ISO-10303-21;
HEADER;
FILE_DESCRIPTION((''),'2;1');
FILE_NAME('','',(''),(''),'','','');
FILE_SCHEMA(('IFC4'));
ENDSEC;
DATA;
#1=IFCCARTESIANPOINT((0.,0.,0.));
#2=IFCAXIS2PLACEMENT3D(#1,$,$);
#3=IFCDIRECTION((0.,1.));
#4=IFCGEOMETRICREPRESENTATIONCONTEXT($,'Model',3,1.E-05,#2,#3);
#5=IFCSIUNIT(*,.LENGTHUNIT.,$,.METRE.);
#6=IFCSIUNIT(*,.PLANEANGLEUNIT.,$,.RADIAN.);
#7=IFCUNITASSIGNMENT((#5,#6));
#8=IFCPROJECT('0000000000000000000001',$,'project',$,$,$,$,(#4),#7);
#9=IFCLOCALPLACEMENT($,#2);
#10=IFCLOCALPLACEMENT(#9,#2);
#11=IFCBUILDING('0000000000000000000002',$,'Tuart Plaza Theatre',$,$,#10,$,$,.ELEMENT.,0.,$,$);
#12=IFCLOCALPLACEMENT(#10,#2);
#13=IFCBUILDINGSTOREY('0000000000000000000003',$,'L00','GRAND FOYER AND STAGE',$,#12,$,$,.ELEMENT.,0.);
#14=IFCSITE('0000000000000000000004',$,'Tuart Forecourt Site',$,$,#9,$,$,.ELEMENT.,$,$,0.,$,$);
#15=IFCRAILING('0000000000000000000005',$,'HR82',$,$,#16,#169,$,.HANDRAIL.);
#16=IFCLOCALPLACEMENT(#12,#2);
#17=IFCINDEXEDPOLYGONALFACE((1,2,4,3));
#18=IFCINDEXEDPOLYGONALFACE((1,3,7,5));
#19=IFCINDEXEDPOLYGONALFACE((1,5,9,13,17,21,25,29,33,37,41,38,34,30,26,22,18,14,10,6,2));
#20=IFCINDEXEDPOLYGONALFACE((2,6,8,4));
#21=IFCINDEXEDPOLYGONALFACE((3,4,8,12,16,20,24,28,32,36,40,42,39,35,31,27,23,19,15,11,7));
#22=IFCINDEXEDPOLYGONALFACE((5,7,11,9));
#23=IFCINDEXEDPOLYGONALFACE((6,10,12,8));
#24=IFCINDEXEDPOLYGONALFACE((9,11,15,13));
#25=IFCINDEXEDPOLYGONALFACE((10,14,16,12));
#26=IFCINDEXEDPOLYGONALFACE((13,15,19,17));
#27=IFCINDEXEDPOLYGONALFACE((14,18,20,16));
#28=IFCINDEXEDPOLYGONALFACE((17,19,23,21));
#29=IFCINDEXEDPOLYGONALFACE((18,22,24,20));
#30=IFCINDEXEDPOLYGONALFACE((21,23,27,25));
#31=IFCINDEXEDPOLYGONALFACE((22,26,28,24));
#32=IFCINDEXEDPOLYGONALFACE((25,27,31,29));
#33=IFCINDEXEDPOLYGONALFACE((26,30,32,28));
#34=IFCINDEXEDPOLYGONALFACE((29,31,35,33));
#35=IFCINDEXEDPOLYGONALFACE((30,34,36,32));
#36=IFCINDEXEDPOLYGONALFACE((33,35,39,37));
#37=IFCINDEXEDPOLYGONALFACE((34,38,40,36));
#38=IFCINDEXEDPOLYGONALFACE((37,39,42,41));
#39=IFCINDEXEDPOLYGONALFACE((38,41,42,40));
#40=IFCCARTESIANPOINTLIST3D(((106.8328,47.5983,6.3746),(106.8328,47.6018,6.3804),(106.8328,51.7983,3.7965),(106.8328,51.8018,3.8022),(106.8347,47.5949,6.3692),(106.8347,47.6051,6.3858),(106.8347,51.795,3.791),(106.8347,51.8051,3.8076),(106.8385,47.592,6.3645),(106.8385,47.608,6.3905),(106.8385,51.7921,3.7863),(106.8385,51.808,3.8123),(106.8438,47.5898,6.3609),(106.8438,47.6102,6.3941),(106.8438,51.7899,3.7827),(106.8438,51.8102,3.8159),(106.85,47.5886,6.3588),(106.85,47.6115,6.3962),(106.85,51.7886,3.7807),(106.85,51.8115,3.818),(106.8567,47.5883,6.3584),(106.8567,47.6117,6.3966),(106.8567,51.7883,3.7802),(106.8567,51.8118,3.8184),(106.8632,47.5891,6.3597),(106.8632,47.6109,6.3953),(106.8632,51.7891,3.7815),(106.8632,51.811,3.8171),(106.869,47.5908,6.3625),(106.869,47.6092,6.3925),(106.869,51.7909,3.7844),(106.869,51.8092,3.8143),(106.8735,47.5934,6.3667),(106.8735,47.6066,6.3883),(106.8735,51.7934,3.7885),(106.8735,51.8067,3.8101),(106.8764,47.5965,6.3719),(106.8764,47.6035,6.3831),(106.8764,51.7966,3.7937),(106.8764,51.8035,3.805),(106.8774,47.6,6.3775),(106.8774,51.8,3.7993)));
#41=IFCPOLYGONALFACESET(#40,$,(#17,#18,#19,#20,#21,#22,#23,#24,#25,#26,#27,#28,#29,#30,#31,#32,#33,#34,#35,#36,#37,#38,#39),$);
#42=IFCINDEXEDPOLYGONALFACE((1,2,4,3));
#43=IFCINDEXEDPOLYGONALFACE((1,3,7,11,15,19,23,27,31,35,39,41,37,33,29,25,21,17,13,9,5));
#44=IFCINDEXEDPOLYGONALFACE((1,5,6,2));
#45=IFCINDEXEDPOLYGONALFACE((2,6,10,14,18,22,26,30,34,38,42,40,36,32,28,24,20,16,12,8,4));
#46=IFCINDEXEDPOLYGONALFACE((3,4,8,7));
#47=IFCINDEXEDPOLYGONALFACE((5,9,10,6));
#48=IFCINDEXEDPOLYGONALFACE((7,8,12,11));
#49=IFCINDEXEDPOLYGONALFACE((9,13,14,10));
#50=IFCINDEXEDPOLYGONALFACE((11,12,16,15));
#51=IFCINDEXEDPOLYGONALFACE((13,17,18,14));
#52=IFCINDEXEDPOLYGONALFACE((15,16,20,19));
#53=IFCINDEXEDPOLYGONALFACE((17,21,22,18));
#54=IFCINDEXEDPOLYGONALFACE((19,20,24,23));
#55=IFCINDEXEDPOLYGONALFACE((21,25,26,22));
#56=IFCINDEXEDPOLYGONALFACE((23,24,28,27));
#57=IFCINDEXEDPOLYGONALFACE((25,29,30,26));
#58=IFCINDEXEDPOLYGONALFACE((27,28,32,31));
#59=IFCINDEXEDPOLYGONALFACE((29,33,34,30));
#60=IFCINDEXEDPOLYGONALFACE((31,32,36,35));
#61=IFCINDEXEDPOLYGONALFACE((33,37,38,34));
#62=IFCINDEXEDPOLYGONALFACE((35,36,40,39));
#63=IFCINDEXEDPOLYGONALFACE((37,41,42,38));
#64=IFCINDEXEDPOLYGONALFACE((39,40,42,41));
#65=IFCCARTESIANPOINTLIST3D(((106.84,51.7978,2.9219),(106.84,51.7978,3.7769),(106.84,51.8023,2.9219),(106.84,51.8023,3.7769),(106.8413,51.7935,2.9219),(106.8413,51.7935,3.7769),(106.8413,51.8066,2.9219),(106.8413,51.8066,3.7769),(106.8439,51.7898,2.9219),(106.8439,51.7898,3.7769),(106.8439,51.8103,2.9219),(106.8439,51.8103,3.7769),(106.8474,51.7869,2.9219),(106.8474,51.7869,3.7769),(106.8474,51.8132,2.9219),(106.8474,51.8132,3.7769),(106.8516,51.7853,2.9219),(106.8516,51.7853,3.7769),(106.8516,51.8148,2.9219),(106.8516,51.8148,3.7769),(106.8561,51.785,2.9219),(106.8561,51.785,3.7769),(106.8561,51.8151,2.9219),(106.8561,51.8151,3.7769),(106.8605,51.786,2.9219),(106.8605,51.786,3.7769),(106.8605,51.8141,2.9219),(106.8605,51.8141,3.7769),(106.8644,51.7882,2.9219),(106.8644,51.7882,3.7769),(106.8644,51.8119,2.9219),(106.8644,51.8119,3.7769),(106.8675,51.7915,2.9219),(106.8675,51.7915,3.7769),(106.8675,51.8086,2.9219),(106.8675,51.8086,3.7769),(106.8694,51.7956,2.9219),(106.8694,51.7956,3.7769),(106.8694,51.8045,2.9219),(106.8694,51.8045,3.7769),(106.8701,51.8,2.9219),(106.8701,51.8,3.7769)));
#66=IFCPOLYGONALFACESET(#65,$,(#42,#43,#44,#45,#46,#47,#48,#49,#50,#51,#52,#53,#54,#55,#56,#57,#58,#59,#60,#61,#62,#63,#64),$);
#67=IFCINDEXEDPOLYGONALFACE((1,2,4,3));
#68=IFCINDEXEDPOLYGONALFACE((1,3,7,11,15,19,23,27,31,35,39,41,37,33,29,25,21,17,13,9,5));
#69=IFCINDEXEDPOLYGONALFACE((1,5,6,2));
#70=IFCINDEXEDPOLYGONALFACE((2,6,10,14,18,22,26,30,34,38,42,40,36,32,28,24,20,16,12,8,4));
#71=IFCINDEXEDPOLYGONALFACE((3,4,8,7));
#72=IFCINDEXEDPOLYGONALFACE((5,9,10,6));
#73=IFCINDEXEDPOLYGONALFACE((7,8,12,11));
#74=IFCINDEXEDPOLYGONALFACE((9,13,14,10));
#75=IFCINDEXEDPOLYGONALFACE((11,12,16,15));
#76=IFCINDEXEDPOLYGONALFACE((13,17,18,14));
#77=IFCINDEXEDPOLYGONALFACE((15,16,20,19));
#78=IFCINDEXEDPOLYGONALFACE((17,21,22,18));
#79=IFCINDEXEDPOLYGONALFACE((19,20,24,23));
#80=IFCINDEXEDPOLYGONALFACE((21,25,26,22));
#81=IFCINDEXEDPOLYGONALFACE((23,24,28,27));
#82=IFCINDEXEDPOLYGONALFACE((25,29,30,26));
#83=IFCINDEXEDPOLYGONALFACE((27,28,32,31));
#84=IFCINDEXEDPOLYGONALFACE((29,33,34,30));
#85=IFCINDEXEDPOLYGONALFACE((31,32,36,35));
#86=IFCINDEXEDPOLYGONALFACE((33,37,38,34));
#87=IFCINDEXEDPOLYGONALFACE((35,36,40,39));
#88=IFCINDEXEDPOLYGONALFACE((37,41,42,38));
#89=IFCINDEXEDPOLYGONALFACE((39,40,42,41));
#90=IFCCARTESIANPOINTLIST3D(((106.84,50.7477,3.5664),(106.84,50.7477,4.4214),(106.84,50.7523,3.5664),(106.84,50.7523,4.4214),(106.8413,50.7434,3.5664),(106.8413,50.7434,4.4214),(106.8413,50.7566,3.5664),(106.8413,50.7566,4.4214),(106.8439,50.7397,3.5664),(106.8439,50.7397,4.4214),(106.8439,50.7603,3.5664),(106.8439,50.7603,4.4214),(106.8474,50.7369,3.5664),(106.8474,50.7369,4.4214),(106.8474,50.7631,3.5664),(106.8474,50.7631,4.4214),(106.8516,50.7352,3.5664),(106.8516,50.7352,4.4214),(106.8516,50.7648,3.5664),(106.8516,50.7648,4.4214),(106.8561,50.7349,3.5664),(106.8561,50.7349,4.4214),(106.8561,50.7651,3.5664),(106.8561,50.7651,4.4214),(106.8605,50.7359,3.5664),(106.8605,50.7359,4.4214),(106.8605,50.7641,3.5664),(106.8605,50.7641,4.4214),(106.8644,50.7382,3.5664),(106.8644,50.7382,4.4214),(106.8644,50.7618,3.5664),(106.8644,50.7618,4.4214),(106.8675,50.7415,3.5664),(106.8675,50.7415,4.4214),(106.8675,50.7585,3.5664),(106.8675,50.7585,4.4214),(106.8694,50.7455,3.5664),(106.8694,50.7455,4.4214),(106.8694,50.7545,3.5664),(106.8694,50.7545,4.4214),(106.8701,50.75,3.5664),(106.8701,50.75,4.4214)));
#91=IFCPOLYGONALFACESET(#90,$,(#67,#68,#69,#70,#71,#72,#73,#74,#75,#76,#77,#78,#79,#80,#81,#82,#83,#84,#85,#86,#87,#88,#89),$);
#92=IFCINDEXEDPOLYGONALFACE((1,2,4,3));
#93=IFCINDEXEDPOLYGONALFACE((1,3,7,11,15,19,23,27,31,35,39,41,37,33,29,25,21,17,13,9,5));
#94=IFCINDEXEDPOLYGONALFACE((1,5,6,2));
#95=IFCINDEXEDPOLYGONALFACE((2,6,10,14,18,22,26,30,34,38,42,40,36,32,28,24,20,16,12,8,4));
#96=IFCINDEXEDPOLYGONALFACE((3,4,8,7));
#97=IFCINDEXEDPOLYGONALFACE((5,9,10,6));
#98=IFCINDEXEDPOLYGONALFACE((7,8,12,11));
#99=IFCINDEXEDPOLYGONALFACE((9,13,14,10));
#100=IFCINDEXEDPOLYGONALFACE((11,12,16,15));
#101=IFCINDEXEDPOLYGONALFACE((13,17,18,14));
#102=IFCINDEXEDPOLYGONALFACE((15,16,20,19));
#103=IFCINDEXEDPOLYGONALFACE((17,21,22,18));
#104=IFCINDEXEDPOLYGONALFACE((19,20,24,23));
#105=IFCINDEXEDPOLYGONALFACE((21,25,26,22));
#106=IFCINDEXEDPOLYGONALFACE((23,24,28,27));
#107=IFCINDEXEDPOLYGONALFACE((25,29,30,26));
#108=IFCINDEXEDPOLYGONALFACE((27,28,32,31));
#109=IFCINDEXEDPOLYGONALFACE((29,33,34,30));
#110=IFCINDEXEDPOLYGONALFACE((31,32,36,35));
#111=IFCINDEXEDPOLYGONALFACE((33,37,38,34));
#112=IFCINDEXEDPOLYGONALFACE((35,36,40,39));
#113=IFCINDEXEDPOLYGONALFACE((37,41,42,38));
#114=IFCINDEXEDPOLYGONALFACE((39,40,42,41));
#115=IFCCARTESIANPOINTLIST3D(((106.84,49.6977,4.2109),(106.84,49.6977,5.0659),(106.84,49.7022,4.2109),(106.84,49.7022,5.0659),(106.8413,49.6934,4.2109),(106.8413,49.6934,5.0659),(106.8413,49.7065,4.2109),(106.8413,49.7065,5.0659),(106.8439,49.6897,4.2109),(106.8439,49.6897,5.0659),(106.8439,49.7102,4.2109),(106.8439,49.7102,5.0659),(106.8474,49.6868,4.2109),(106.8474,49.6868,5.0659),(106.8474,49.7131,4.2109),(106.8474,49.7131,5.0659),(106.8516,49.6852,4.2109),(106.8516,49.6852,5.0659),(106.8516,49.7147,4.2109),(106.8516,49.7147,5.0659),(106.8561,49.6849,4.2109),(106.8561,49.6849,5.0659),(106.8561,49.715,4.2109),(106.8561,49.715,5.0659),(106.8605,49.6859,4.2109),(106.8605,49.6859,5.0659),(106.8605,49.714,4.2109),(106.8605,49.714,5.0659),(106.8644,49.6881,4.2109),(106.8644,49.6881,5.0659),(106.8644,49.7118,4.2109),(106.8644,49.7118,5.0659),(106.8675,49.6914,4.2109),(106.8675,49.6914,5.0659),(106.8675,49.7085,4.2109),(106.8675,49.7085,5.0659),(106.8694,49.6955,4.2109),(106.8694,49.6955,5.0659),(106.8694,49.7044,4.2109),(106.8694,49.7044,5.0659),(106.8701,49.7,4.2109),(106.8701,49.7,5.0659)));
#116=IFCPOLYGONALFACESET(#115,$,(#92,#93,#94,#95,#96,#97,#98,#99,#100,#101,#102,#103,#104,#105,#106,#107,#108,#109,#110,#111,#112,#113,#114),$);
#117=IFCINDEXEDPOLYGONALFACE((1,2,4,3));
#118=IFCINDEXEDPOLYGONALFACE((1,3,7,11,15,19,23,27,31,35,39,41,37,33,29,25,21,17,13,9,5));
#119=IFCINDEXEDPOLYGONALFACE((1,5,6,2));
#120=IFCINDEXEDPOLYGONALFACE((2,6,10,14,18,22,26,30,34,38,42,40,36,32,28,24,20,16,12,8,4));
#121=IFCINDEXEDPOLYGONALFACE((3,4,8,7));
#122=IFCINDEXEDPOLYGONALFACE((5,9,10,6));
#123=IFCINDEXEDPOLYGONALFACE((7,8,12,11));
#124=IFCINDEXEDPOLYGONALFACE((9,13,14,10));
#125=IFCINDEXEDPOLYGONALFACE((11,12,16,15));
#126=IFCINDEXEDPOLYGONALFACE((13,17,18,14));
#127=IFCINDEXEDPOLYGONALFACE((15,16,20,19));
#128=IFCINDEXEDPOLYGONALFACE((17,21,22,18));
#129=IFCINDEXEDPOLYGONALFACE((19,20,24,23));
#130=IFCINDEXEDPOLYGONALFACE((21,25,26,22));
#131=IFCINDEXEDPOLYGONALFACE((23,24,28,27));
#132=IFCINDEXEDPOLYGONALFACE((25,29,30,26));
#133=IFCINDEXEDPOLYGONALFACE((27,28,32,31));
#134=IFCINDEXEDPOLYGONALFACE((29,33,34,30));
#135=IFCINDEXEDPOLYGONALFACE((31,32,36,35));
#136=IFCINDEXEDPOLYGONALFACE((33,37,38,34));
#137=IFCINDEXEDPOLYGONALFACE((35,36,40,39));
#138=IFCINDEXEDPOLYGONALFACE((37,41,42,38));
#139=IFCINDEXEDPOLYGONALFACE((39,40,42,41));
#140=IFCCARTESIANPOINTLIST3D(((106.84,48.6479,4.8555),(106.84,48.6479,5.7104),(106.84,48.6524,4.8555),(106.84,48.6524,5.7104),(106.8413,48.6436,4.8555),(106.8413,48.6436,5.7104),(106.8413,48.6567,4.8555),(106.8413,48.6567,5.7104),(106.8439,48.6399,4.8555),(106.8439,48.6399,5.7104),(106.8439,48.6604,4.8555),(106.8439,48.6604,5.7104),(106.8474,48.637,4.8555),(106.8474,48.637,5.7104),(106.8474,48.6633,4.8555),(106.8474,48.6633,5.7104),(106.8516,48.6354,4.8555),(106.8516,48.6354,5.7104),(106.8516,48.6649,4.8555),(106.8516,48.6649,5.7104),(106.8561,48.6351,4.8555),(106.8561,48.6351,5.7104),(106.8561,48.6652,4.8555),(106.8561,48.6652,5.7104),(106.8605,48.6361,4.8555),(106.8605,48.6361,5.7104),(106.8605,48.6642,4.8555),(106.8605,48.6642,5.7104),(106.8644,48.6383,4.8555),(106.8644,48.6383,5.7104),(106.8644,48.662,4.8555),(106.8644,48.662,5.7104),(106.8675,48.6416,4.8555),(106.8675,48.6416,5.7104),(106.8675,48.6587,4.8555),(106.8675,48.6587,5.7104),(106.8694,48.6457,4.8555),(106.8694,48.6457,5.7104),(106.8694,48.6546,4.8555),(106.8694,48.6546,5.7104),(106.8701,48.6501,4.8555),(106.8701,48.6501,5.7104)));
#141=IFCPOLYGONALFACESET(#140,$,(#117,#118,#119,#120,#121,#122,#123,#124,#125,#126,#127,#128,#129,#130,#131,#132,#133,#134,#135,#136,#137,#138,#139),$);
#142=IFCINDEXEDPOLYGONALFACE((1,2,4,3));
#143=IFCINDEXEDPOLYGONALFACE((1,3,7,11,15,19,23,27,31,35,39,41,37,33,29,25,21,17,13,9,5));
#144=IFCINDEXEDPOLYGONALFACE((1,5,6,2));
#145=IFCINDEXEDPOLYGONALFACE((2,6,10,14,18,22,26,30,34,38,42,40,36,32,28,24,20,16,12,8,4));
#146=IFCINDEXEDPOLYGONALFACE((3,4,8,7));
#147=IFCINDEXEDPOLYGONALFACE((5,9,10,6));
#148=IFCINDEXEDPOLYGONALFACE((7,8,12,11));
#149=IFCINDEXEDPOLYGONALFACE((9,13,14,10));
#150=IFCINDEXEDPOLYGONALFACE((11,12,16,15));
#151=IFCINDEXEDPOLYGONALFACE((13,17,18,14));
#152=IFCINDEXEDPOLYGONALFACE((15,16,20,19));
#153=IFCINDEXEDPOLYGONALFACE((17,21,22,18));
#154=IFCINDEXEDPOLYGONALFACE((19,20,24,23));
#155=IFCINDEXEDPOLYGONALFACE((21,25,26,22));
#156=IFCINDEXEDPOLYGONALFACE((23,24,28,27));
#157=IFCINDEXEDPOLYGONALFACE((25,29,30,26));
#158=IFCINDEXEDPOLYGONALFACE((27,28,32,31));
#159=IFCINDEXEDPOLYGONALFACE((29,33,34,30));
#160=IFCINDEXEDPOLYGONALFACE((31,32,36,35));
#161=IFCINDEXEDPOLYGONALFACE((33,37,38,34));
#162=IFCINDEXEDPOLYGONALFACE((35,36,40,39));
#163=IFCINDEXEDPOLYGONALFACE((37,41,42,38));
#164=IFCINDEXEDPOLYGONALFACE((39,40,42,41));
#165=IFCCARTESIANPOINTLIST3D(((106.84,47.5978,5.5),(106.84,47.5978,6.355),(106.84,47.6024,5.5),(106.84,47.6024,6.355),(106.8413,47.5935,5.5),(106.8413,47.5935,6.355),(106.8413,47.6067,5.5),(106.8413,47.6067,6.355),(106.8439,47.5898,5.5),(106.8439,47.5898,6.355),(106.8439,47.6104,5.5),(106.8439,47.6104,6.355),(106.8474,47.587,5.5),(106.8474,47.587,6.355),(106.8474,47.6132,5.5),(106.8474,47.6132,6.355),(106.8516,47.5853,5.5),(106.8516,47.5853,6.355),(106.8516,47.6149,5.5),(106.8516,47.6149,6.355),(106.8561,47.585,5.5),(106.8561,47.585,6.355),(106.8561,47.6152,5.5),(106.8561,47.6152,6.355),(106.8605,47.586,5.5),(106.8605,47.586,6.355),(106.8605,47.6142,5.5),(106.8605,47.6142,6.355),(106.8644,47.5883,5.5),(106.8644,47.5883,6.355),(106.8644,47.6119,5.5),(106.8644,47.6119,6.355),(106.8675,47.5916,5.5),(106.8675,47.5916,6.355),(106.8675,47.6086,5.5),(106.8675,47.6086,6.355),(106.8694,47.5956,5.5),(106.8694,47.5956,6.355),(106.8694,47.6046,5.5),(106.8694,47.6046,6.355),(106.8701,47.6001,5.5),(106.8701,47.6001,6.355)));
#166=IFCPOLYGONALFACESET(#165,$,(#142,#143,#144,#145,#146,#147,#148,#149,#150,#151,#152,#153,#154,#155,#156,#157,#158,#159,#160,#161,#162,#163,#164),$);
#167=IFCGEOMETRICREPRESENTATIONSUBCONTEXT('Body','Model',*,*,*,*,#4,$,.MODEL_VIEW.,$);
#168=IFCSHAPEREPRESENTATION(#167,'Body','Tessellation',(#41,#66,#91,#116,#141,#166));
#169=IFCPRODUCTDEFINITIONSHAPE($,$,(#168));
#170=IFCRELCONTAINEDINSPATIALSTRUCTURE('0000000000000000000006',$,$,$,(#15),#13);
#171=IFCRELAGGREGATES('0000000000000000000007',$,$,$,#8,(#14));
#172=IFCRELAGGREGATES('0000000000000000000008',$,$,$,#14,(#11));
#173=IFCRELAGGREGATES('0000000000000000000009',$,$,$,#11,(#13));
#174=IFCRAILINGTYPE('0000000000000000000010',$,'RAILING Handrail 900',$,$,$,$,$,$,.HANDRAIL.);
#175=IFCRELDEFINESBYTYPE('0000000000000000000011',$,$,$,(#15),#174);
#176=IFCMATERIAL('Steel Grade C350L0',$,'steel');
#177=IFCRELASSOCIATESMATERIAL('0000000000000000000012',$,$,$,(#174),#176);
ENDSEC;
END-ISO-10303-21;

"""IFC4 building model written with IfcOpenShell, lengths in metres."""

from ifc_helpers import new_model, si_unit, direction, frame, origin, origin_2d, place, context, subcontext, project, spatial, circle, extrude, material, type_object, element, save


model = new_model("IFC4")

# Units and contexts
model_context = context("Model", 3, precision=1e-05, world=origin(), true_north=direction((0.0, 1.0)))
body_context = subcontext(model_context, "Body", "Model", "MODEL_VIEW")
ifc_project = project(units=[si_unit("LENGTHUNIT", "METRE"), si_unit("PLANEANGLEUNIT", "RADIAN")], contexts=[model_context])

# Site, building, storey
site_placement = place(None, origin())
site = spatial("IfcSite", under=ifc_project, at=site_placement, Name="Tuart Forecourt Site", CompositionType="ELEMENT", RefElevation=0.0)
building_placement = place(site_placement, origin())
building = spatial("IfcBuilding", under=site, at=building_placement, Name="Tuart Plaza Theatre", CompositionType="ELEMENT", ElevationOfRefHeight=0.0)
storey_placement = place(building_placement, origin())
storey = spatial("IfcBuildingStorey", under=building, at=storey_placement, Name="L00", Description="GRAND FOYER AND STAGE", CompositionType="ELEMENT", Elevation=0.0)

# Railing
ifc_material_1 = material(Name="Steel Grade C350L0", Category="steel")
railing_type_1 = type_object("IfcRailingType", Name="RAILING Handrail 900", PredefinedType="HANDRAIL", material=ifc_material_1)
for number, where, name in (
    (1, (106.855, 51.8, 2.9219), "HR82"),
):
    element("IfcRailing", number, at=place(storey_placement, frame(where)), inside=storey, type_object=railing_type_1, Name=name, PredefinedType="HANDRAIL", context=body_context, shape_type="SweptSolid", body=[
        extrude(circle(Radius=0.0225, at=origin_2d()), frame((0.0, 0.0, 0.8774), z_axis=(0.0, -0.852243, 0.523146), x_axis=(1.0, 0.0, 0.0)), (0.0, 0.0, 1.0), 4.9282),
        extrude(circle(Radius=0.0151, at=origin_2d()), origin(), (0.0, 0.0, 1.0), 0.855),
        extrude(circle(Radius=0.0151, at=origin_2d()), frame((0.0, -1.05, 0.6445)), (0.0, 0.0, 1.0), 0.855),
        extrude(circle(Radius=0.0151, at=origin_2d()), frame((0.0, -2.1001, 1.2891)), (0.0, 0.0, 1.0), 0.855),
        extrude(circle(Radius=0.0151, at=origin_2d()), frame((0.0, -3.1499, 1.9336)), (0.0, 0.0, 1.0), 0.855),
        extrude(circle(Radius=0.0151, at=origin_2d()), frame((0.0, -4.2, 2.5781)), (0.0, 0.0, 1.0), 0.855),
    ])

save(model, "model.ifc")
